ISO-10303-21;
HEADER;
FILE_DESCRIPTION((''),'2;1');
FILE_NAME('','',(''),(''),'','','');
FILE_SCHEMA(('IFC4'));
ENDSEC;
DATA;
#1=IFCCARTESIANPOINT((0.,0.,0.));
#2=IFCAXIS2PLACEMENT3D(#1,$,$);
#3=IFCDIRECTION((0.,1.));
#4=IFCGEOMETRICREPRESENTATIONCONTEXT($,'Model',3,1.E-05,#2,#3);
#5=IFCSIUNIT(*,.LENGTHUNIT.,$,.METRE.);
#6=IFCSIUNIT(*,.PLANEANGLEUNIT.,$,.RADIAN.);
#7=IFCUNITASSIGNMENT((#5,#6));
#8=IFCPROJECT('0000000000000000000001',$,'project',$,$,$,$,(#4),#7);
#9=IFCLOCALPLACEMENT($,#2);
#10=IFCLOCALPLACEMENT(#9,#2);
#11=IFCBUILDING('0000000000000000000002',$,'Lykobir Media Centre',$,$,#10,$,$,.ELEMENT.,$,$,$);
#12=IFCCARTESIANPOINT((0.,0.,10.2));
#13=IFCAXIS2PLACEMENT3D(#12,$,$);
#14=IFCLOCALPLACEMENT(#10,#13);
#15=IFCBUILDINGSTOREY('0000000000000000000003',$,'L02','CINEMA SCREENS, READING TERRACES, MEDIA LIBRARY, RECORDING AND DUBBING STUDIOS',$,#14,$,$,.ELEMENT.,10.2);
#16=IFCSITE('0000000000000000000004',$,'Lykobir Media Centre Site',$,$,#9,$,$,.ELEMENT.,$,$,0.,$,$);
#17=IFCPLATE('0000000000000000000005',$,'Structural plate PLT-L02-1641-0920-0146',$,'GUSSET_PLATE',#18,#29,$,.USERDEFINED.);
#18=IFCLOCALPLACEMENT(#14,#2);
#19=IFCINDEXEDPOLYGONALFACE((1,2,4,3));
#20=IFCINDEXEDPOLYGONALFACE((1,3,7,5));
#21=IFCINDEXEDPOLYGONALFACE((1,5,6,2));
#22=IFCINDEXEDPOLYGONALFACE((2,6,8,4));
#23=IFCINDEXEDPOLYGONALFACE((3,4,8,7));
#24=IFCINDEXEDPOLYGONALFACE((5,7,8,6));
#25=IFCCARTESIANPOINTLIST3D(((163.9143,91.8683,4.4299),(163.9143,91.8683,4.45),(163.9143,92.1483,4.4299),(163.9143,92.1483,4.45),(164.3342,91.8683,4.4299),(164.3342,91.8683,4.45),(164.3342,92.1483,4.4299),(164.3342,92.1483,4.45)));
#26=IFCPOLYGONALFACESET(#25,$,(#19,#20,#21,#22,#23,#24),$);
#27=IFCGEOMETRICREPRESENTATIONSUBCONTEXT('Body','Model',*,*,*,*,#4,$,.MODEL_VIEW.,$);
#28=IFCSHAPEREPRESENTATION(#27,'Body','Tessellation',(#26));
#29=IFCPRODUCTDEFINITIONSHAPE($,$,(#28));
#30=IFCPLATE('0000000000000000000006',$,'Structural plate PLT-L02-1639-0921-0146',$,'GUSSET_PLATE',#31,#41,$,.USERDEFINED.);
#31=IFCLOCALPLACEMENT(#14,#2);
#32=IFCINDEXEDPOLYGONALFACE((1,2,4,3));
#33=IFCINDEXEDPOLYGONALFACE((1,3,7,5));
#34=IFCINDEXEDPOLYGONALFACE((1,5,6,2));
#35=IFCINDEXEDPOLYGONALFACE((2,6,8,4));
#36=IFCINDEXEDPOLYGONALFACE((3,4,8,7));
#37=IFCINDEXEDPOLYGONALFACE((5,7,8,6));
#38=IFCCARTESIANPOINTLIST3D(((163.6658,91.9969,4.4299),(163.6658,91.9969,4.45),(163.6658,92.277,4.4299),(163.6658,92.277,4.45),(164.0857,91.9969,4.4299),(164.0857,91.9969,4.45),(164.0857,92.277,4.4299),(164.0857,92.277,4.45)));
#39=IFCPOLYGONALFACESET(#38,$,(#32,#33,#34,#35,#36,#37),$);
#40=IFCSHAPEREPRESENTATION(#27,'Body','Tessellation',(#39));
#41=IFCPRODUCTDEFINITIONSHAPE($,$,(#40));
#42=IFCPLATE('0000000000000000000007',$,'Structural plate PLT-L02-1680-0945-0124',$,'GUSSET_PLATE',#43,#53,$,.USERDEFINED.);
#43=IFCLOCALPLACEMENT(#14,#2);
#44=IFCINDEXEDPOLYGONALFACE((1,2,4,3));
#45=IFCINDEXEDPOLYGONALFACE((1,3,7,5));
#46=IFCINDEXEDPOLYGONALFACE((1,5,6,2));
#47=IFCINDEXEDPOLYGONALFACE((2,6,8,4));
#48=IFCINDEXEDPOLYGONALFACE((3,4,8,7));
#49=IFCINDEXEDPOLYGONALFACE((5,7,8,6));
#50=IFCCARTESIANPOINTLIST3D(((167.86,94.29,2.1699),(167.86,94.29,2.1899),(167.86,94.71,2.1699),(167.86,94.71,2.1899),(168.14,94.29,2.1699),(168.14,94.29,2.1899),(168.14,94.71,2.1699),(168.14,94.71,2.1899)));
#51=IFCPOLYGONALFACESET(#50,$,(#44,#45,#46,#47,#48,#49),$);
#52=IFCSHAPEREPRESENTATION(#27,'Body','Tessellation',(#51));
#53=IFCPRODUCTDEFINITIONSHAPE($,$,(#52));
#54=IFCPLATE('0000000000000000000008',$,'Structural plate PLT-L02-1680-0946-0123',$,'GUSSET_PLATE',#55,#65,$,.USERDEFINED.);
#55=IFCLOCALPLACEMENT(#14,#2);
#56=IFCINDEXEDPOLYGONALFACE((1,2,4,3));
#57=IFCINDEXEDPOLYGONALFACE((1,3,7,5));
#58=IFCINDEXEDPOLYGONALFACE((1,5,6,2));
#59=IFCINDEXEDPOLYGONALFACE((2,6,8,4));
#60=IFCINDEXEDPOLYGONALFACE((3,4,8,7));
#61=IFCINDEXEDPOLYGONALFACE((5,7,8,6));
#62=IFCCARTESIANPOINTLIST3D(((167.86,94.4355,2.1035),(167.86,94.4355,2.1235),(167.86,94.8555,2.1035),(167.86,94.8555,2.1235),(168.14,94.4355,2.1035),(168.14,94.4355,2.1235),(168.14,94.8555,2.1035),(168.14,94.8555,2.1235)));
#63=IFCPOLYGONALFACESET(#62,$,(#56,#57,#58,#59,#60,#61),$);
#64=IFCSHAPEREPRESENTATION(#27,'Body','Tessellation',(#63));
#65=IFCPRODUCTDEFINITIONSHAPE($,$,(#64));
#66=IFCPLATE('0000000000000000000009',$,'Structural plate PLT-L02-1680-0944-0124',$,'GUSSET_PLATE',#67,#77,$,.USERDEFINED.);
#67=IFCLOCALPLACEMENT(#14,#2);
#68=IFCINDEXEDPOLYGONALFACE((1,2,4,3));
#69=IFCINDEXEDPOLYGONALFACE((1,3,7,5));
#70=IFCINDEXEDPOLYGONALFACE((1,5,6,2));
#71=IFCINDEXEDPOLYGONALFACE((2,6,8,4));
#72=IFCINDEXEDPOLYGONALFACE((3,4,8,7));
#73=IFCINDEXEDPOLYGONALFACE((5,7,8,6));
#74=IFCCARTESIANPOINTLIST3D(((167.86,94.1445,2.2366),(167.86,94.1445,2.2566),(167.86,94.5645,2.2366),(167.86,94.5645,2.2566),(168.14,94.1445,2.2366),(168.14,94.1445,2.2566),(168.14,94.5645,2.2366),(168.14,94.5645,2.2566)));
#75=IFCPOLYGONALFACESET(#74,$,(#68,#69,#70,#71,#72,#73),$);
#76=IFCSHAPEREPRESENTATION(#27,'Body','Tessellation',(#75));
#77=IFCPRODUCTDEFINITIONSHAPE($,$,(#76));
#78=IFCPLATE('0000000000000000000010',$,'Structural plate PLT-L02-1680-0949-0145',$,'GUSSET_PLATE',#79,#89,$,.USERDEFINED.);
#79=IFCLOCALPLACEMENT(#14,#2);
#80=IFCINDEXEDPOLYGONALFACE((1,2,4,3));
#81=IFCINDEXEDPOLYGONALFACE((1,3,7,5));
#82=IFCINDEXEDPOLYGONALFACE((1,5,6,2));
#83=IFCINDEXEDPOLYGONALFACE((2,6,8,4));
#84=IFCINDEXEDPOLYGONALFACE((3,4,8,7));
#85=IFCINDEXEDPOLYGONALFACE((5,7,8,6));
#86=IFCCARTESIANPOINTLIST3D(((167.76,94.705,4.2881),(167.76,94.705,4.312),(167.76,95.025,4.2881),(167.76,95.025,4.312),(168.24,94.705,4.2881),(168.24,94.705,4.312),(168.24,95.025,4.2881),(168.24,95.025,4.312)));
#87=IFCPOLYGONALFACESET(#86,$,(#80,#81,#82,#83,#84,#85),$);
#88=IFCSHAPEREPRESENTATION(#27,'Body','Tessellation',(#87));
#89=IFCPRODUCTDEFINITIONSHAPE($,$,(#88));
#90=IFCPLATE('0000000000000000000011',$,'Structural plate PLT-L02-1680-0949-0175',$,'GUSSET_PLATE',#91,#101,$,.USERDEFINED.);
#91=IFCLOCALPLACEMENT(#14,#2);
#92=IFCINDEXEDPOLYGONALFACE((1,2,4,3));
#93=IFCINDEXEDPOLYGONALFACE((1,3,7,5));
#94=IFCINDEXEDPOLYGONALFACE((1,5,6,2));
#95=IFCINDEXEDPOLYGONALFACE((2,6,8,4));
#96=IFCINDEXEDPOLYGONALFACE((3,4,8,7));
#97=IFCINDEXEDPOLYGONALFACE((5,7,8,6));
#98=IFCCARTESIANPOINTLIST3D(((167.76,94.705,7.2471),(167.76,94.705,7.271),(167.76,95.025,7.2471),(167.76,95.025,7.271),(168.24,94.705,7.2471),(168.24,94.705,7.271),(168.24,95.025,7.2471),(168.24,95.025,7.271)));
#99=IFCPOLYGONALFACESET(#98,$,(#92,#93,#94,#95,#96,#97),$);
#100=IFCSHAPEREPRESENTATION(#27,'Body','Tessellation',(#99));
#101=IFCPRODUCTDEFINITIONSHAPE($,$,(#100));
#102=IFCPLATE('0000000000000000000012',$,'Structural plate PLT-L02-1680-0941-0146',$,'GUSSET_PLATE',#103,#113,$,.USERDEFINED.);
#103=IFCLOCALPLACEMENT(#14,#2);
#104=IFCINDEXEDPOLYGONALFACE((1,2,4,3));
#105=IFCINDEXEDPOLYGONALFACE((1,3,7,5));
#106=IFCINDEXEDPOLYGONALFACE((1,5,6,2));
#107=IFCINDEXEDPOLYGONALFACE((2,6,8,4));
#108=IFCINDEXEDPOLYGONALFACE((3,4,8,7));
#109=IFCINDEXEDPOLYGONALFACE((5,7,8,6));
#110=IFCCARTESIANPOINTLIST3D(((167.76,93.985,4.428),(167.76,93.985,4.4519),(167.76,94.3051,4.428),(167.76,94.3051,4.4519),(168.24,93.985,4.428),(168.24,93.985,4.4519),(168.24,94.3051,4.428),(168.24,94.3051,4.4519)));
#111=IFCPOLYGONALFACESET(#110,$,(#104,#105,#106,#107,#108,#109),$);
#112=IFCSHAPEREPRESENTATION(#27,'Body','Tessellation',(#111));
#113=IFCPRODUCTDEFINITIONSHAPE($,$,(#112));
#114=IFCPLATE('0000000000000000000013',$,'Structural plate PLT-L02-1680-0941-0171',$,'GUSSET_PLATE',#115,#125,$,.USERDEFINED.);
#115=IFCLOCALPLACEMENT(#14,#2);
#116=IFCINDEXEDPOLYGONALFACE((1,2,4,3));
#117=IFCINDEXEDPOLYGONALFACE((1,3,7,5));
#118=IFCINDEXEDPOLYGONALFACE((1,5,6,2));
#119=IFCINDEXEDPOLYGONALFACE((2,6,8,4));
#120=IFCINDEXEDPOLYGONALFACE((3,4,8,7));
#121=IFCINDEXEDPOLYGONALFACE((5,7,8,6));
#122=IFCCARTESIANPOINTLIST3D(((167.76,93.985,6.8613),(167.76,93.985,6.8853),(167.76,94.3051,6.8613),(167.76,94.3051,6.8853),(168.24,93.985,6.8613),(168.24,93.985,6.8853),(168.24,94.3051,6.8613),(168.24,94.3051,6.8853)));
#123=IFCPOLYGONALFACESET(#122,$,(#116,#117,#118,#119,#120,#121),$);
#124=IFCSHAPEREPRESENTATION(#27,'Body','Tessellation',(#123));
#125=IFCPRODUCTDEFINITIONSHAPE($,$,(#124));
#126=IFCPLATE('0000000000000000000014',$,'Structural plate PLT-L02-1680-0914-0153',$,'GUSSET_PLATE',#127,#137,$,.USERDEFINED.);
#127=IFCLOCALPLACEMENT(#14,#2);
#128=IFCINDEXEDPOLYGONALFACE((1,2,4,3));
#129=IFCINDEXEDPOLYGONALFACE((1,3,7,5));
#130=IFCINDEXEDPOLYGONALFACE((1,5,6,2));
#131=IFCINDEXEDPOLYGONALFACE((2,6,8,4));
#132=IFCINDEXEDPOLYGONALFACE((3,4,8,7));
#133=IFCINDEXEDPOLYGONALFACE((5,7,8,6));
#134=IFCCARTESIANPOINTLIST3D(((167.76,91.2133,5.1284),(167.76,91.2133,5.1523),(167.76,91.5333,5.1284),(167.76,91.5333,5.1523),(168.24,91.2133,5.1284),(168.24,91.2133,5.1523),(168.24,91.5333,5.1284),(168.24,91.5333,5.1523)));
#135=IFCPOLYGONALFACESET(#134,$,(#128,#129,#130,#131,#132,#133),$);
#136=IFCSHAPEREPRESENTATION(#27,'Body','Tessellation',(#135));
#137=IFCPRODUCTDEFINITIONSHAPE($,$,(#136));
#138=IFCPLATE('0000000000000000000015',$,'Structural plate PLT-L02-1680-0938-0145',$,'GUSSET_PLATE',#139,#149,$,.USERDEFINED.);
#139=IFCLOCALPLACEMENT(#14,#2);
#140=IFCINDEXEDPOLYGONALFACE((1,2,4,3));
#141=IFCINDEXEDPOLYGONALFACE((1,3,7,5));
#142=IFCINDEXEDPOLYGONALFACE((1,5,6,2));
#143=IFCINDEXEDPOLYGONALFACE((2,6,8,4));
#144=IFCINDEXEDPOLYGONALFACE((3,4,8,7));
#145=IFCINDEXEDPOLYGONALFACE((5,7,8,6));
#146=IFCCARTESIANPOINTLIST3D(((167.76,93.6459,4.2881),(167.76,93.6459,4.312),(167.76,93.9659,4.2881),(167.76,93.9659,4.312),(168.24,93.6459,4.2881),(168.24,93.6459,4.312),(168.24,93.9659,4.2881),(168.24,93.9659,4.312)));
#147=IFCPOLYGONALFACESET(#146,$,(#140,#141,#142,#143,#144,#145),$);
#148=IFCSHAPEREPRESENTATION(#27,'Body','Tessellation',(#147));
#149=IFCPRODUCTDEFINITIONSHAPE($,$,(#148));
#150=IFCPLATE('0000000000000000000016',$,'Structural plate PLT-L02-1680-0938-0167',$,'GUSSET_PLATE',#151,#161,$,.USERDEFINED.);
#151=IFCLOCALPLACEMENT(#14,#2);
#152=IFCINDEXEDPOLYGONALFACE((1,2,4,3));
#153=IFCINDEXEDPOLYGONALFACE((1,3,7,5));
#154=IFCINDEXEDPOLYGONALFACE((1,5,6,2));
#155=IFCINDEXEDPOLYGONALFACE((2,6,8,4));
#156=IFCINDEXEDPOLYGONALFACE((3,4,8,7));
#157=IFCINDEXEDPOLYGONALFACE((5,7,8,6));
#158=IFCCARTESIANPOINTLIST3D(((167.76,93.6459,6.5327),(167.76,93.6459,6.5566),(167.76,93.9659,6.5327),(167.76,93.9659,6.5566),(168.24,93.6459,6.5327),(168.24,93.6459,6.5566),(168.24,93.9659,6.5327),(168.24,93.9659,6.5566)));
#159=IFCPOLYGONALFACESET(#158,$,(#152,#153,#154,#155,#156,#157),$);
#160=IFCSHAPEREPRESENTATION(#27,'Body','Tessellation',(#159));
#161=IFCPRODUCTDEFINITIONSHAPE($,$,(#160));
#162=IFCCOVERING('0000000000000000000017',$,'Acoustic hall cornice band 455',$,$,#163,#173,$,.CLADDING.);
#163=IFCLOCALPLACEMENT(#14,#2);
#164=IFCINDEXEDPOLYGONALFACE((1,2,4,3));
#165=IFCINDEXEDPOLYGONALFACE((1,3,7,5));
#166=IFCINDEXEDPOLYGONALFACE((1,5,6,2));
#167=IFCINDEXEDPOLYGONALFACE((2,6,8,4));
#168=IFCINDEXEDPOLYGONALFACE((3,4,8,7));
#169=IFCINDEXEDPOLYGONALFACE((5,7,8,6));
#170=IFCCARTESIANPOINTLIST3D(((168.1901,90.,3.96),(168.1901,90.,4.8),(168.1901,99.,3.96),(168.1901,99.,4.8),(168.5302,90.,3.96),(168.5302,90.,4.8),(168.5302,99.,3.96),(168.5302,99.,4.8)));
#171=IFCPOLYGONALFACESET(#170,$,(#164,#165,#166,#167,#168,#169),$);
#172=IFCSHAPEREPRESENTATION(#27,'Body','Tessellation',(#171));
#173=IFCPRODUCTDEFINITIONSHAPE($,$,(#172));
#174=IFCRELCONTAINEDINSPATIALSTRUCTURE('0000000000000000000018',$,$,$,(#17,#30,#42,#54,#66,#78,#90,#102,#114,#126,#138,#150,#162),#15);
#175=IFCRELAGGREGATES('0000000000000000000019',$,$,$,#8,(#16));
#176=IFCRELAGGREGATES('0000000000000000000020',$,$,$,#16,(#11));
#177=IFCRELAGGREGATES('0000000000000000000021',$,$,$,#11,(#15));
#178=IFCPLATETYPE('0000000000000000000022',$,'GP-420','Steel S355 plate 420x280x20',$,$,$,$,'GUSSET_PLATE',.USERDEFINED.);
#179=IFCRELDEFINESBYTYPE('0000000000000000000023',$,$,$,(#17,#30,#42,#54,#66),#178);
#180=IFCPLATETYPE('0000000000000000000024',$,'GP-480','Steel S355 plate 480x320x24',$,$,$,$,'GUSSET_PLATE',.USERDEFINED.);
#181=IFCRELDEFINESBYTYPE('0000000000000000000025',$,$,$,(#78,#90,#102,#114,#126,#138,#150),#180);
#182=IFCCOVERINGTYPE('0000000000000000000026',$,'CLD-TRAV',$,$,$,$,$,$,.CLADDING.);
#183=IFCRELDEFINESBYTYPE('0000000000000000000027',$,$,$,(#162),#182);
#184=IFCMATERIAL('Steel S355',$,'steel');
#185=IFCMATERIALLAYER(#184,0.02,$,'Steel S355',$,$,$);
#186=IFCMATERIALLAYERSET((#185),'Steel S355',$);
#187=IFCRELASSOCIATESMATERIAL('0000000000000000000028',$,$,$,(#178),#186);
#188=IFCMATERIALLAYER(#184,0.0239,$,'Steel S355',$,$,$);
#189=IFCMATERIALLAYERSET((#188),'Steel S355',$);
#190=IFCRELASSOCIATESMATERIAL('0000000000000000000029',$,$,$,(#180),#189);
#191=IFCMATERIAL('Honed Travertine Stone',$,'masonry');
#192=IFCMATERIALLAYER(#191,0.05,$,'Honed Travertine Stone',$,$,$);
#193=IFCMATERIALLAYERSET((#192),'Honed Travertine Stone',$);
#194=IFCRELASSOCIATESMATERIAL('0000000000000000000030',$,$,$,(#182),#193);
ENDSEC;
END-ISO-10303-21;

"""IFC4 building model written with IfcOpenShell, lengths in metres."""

from ifc_helpers import new_model, si_unit, direction, frame, origin, origin_2d, place, context, subcontext, project, spatial, rectangle, extrude, material, layer, layer_set, type_object, element, save


model = new_model("IFC4")

# Units and contexts
model_context = context("Model", 3, precision=1e-05, world=origin(), true_north=direction((0.0, 1.0)))
body_context = subcontext(model_context, "Body", "Model", "MODEL_VIEW")
ifc_project = project(units=[si_unit("LENGTHUNIT", "METRE"), si_unit("PLANEANGLEUNIT", "RADIAN")], contexts=[model_context])

# Site, building, storey
site_placement = place(None, origin())
site = spatial("IfcSite", under=ifc_project, at=site_placement, Name="Lykobir Media Centre Site", CompositionType="ELEMENT", RefElevation=0.0)
building_placement = place(site_placement, origin())
building = spatial("IfcBuilding", under=site, at=building_placement, Name="Lykobir Media Centre", CompositionType="ELEMENT")
storey_placement = place(building_placement, frame((0.0, 0.0, 10.2)))
storey = spatial("IfcBuildingStorey", under=building, at=storey_placement, Name="L02", Description="CINEMA SCREENS, READING TERRACES, MEDIA LIBRARY, RECORDING AND DUBBING STUDIOS", CompositionType="ELEMENT", Elevation=10.2)

# Shared definitions
ifc_material_1 = material(Name="Honed Travertine Stone", Category="masonry")

# Shared definitions
ifc_material_2 = material(Name="Steel S355", Category="steel")

# Plates
ifc_layer_1 = layer(ifc_material_2, 0.02, Name="Steel S355")
ifc_layer_set_1 = layer_set([ifc_layer_1], Name="Steel S355")
plate_type_1 = type_object("IfcPlateType", Name="GP-420", Description="Steel S355 plate 420x280x20", ElementType="GUSSET_PLATE", PredefinedType="USERDEFINED", material=ifc_layer_set_1)
for number, where, z_axis, x_axis, name in (
    (1, (164.1243, 92.0083, 4.4299), (0.0, 0.0, 1.0), (1.0, 0.0, 0.0), "Structural plate PLT-L02-1641-0920-0146"),
    (2, (163.8757, 92.137, 4.4299), (0.0, 0.0, 1.0), (1.0, 0.0, 0.0), "Structural plate PLT-L02-1639-0921-0146"),
    (3, (168.0, 94.5, 2.1699), (0.0, 0.0, 1.0), (0.0, 1.0, 0.0), "Structural plate PLT-L02-1680-0945-0124"),
    (4, (168.0, 94.6455, 2.1035), (0.0, 0.0, 1.0), (0.0, 1.0, 0.0), "Structural plate PLT-L02-1680-0946-0123"),
    (5, (168.0, 94.3545, 2.2366), (0.0, 0.0, 1.0), (0.0, 1.0, 0.0), "Structural plate PLT-L02-1680-0944-0124"),
):
    element("IfcPlate", number, at=place(storey_placement, frame(where, z_axis=z_axis, x_axis=x_axis)), inside=storey, type_object=plate_type_1, Name=name, ObjectType="GUSSET_PLATE", PredefinedType="USERDEFINED", context=body_context, shape_type="SweptSolid", body=[
        extrude(rectangle(XDim=0.4199, YDim=0.28, at=origin_2d()), origin(), (0.0, 0.0, 1.0), 0.02),
    ])
ifc_layer_2 = layer(ifc_material_2, 0.0239, Name="Steel S355")
ifc_layer_set_2 = layer_set([ifc_layer_2], Name="Steel S355")
plate_type_2 = type_object("IfcPlateType", Name="GP-480", Description="Steel S355 plate 480x320x24", ElementType="GUSSET_PLATE", PredefinedType="USERDEFINED", material=ifc_layer_set_2)
for number, where, z_axis, x_axis, name in (
    (6, (168.0, 94.865, 4.2881), (0.0, 0.0, 1.0), (1.0, 0.0, 0.0), "Structural plate PLT-L02-1680-0949-0145"),
    (7, (168.0, 94.865, 7.2471), (0.0, 0.0, 1.0), (1.0, 0.0, 0.0), "Structural plate PLT-L02-1680-0949-0175"),
    (8, (168.0, 94.145, 4.428), (0.0, 0.0, 1.0), (1.0, 0.0, 0.0), "Structural plate PLT-L02-1680-0941-0146"),
    (9, (168.0, 94.145, 6.8613), (0.0, 0.0, 1.0), (1.0, 0.0, 0.0), "Structural plate PLT-L02-1680-0941-0171"),
    (10, (168.0, 91.3733, 5.1284), (0.0, 0.0, 1.0), (1.0, 0.0, 0.0), "Structural plate PLT-L02-1680-0914-0153"),
    (11, (168.0, 93.8059, 4.2881), (0.0, 0.0, 1.0), (1.0, 0.0, 0.0), "Structural plate PLT-L02-1680-0938-0145"),
    (12, (168.0, 93.8059, 6.5327), (0.0, 0.0, 1.0), (1.0, 0.0, 0.0), "Structural plate PLT-L02-1680-0938-0167"),
):
    element("IfcPlate", number, at=place(storey_placement, frame(where, z_axis=z_axis, x_axis=x_axis)), inside=storey, type_object=plate_type_2, Name=name, ObjectType="GUSSET_PLATE", PredefinedType="USERDEFINED", context=body_context, shape_type="SweptSolid", body=[
        extrude(rectangle(XDim=0.48, YDim=0.3201, at=origin_2d()), origin(), (0.0, 0.0, 1.0), 0.0239),
    ])

# Covering
ifc_layer_3 = layer(ifc_material_1, 0.05, Name="Honed Travertine Stone")
ifc_layer_set_3 = layer_set([ifc_layer_3], Name="Honed Travertine Stone")
covering_type = type_object("IfcCoveringType", Name="CLD-TRAV", PredefinedType="CLADDING", material=ifc_layer_set_3)
covering_placement = place(storey_placement, frame((168.3601, 94.5, 3.96), z_axis=(0.0, 0.0, 1.0), x_axis=(0.0, 1.0, 0.0)))
element("IfcCovering", 13, at=covering_placement, inside=storey, type_object=covering_type, Name="Acoustic hall cornice band 455", PredefinedType="CLADDING", context=body_context, shape_type="SweptSolid", body=[
    extrude(rectangle(XDim=9.0, YDim=0.3401, at=origin_2d()), origin(), (0.0, 0.0, 1.0), 0.8401),
])

save(model, "model.ifc")
